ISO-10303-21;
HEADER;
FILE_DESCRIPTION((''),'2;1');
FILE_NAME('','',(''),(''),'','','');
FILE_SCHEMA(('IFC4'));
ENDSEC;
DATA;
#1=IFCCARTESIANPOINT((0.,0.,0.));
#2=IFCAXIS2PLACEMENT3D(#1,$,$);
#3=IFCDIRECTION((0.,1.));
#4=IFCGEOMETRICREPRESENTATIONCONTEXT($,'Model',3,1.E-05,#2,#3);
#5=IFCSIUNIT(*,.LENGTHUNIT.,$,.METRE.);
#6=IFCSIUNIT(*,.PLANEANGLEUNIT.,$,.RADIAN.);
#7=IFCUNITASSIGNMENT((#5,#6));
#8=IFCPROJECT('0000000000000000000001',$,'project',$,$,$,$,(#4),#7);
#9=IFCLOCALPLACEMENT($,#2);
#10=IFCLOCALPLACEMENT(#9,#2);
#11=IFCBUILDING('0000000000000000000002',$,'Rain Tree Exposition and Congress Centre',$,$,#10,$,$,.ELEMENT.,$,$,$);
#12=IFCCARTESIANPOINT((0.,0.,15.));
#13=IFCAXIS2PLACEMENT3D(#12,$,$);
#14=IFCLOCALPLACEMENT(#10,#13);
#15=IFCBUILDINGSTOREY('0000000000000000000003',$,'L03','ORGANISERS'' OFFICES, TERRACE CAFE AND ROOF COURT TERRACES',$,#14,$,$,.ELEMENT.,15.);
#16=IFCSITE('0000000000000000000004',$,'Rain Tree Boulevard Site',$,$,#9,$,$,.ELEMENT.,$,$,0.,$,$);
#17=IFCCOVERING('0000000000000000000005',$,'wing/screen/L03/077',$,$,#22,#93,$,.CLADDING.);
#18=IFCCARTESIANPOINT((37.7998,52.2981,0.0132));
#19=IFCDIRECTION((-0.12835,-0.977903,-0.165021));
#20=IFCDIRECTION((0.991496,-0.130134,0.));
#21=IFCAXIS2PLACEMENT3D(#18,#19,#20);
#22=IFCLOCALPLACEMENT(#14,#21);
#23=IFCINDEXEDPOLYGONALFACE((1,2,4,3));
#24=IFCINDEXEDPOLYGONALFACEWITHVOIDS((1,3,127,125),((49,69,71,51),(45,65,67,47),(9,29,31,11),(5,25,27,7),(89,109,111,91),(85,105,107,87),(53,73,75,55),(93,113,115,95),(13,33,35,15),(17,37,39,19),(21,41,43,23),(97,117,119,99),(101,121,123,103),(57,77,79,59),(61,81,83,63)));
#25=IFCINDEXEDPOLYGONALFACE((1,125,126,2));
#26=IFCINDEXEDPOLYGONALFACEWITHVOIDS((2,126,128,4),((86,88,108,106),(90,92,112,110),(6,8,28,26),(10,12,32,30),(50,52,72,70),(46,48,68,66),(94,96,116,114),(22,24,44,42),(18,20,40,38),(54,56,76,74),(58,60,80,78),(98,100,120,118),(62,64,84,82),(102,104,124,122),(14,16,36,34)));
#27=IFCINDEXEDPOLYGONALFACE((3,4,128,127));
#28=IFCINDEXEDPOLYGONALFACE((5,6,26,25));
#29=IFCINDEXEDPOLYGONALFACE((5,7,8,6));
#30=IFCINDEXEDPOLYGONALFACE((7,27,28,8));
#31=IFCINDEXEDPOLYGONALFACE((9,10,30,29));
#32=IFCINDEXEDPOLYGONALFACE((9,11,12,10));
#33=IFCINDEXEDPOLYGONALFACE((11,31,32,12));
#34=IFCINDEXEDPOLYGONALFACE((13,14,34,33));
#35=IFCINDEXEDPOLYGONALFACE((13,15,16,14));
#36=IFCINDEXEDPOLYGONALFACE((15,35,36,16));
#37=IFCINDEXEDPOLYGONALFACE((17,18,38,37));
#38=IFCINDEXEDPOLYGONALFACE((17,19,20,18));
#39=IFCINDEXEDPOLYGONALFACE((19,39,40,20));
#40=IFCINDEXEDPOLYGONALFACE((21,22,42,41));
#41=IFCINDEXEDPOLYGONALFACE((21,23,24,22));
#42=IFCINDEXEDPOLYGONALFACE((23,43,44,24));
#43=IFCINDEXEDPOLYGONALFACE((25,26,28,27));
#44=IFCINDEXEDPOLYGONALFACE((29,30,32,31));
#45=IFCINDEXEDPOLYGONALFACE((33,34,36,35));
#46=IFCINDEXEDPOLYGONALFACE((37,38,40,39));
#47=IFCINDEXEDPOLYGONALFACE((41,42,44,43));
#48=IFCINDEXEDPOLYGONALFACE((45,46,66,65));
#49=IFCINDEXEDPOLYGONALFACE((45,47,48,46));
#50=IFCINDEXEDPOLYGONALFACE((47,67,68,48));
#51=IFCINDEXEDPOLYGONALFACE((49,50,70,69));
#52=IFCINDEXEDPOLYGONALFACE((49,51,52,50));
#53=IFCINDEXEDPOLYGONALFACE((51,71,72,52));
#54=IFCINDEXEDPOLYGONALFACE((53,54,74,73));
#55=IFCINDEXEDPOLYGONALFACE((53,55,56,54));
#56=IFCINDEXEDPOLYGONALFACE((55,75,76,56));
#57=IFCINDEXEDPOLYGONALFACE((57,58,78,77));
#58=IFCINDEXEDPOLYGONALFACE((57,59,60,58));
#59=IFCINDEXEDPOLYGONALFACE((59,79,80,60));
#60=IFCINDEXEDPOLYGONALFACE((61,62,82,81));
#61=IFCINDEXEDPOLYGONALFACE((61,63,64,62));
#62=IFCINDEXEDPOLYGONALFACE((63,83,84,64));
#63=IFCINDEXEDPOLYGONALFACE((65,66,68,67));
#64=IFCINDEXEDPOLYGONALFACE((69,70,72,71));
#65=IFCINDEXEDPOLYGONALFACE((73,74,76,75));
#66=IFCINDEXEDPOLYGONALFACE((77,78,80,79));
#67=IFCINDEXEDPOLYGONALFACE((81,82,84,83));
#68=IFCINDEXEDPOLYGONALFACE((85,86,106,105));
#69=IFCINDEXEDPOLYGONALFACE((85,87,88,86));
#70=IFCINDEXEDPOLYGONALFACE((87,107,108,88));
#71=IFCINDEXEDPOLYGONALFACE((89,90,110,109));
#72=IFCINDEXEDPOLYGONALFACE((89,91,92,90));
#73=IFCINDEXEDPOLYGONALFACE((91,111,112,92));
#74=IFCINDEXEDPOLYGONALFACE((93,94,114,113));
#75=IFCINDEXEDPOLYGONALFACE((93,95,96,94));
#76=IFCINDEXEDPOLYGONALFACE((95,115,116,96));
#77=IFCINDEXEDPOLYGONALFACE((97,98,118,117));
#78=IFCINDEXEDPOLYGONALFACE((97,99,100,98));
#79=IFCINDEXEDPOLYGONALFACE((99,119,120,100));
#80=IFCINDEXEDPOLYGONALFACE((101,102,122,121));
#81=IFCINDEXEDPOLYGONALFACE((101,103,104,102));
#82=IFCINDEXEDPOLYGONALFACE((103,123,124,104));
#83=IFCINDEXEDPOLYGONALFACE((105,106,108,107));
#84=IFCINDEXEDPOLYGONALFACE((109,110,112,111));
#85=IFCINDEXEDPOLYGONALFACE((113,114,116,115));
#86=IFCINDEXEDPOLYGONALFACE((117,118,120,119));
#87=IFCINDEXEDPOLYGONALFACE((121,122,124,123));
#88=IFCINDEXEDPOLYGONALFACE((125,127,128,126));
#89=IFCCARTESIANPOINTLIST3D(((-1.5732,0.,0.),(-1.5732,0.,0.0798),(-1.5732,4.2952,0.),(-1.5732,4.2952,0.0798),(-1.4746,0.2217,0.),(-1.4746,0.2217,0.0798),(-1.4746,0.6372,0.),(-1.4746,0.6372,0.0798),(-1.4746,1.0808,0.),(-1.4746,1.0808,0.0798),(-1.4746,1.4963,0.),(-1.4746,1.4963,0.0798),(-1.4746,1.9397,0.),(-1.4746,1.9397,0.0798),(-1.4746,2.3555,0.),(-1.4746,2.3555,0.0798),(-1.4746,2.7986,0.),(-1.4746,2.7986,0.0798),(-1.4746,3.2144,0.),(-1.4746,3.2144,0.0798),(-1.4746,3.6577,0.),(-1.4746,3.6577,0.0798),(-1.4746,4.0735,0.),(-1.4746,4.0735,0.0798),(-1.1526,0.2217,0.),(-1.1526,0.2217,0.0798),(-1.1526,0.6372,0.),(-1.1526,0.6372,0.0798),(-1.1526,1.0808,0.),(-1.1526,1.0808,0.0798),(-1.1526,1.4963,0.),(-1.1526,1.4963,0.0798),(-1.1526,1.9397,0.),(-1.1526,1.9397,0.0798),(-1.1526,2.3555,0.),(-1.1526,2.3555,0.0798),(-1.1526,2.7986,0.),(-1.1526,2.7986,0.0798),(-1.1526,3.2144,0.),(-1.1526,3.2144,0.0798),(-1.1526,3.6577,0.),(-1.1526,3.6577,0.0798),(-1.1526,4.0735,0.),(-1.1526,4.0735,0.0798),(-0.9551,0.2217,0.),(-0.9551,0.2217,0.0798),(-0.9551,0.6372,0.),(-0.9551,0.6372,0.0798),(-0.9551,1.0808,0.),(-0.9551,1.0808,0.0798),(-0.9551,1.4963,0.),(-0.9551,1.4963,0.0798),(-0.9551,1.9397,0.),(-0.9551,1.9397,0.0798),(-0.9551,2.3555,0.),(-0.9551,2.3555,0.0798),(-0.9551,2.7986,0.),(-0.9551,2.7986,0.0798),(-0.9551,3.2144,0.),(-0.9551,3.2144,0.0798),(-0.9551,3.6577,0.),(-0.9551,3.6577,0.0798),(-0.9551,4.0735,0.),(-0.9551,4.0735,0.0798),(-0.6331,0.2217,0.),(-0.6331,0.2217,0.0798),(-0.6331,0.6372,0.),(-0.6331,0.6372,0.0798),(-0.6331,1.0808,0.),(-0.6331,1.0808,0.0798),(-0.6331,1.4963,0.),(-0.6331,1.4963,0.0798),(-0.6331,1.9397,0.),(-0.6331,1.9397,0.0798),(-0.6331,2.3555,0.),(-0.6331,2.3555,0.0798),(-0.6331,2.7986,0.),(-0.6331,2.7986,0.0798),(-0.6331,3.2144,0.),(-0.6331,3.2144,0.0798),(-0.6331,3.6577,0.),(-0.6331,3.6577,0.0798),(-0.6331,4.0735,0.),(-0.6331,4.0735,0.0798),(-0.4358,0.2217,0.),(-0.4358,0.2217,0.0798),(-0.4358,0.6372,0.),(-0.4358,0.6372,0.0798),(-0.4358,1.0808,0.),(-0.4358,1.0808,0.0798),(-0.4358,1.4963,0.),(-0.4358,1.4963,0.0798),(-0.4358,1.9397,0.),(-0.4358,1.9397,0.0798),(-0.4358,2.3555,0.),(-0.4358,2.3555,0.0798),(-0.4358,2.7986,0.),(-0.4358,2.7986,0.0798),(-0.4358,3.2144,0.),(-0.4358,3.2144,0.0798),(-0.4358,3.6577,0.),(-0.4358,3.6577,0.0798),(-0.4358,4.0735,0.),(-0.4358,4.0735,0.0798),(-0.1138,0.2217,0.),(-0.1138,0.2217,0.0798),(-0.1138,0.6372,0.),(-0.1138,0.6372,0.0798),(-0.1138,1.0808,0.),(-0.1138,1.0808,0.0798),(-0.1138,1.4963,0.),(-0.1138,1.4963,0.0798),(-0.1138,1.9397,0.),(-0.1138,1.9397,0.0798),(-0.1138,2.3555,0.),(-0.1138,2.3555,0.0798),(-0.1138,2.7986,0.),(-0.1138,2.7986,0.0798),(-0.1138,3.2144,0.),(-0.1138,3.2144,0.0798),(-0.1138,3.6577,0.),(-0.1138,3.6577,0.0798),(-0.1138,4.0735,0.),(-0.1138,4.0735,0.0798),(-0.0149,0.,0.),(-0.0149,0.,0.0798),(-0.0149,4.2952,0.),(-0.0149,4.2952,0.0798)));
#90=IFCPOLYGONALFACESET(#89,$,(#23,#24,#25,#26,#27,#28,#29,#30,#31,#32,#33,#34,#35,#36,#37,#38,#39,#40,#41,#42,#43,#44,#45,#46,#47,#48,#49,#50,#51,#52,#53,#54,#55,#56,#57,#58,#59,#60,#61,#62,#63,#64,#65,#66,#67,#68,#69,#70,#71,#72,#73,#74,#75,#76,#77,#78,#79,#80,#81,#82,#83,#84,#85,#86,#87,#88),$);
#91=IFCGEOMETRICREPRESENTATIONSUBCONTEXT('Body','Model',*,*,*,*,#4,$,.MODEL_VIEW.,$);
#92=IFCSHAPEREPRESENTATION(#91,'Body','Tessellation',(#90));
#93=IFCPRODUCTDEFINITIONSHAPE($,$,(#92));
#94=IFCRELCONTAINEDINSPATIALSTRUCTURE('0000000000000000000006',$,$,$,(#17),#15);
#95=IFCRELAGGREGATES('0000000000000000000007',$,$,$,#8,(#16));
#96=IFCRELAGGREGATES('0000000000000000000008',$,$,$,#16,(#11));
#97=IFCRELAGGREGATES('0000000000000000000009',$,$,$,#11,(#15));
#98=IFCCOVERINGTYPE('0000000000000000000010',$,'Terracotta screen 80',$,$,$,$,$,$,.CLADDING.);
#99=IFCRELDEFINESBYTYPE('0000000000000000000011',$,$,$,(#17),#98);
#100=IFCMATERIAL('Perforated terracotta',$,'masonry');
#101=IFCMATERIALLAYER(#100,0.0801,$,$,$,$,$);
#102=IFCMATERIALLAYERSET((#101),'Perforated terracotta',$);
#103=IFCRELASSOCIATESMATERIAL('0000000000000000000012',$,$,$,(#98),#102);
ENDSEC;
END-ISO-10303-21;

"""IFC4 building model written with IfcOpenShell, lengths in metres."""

from ifc_helpers import new_model, si_unit, direction, frame, origin, place, context, subcontext, project, spatial, polyline, outline, extrude, material, layer, layer_set, type_object, element, save


model = new_model("IFC4")

# Units and contexts
model_context = context("Model", 3, precision=1e-05, world=origin(), true_north=direction((0.0, 1.0)))
body_context = subcontext(model_context, "Body", "Model", "MODEL_VIEW")
ifc_project = project(units=[si_unit("LENGTHUNIT", "METRE"), si_unit("PLANEANGLEUNIT", "RADIAN")], contexts=[model_context])

# Site, building, storey
site_placement = place(None, origin())
site = spatial("IfcSite", under=ifc_project, at=site_placement, Name="Rain Tree Boulevard Site", CompositionType="ELEMENT", RefElevation=0.0)
building_placement = place(site_placement, origin())
building = spatial("IfcBuilding", under=site, at=building_placement, Name="Rain Tree Exposition and Congress Centre", CompositionType="ELEMENT")
storey_placement = place(building_placement, frame((0.0, 0.0, 15.0)))
storey = spatial("IfcBuildingStorey", under=building, at=storey_placement, Name="L03", Description="ORGANISERS' OFFICES, TERRACE CAFE AND ROOF COURT TERRACES", CompositionType="ELEMENT", Elevation=15.0)

# Covering
ifc_material_1 = material(Name="Perforated terracotta", Category="masonry")
ifc_layer_1 = layer(ifc_material_1, 0.0801)
ifc_layer_set_1 = layer_set([ifc_layer_1], Name="Perforated terracotta")
covering_type = type_object("IfcCoveringType", Name="Terracotta screen 80", PredefinedType="CLADDING", material=ifc_layer_set_1)
covering_placement = place(storey_placement, frame((37.7998, 52.2981, 0.0132), z_axis=(-0.12835, -0.977903, -0.165021), x_axis=(0.991496, -0.130134, 0.0)))
element("IfcCovering", 1, at=covering_placement, inside=storey, type_object=covering_type, Name="wing/screen/L03/077", PredefinedType="CLADDING", context=body_context, shape_type="SweptSolid", body=[
    extrude(outline(polyline([(-1.5732, 0.0), (-1.5732, 4.2952), (-0.0149, 4.2952), (-0.0149, 0.0), (-1.5732, 0.0)]), holes=[polyline([(-0.1138, 0.2217), (-0.1138, 0.6372), (-0.4358, 0.6372), (-0.4358, 0.2217), (-0.1138, 0.2217)]), polyline([(-0.1138, 1.0808), (-0.1138, 1.4963), (-0.4358, 1.4963), (-0.4358, 1.0808), (-0.1138, 1.0808)]), polyline([(-0.1138, 1.9397), (-0.1138, 2.3555), (-0.4358, 2.3555), (-0.4358, 1.9397), (-0.1138, 1.9397)]), polyline([(-0.1138, 2.7986), (-0.1138, 3.2144), (-0.4358, 3.2144), (-0.4358, 2.7986), (-0.1138, 2.7986)]), polyline([(-0.1138, 3.6577), (-0.1138, 4.0735), (-0.4358, 4.0735), (-0.4358, 3.6577), (-0.1138, 3.6577)]), polyline([(-0.6331, 0.2217), (-0.6331, 0.6372), (-0.9551, 0.6372), (-0.9551, 0.2217), (-0.6331, 0.2217)]), polyline([(-0.6331, 1.0808), (-0.6331, 1.4963), (-0.9551, 1.4963), (-0.9551, 1.0808), (-0.6331, 1.0808)]), polyline([(-0.6331, 1.9397), (-0.6331, 2.3555), (-0.9551, 2.3555), (-0.9551, 1.9397), (-0.6331, 1.9397)]), polyline([(-0.6331, 2.7986), (-0.6331, 3.2144), (-0.9551, 3.2144), (-0.9551, 2.7986), (-0.6331, 2.7986)]), polyline([(-0.6331, 3.6577), (-0.6331, 4.0735), (-0.9551, 4.0735), (-0.9551, 3.6577), (-0.6331, 3.6577)]), polyline([(-1.1526, 0.2217), (-1.1526, 0.6372), (-1.4746, 0.6372), (-1.4746, 0.2217), (-1.1526, 0.2217)]), polyline([(-1.1526, 1.0808), (-1.1526, 1.4963), (-1.4746, 1.4963), (-1.4746, 1.0808), (-1.1526, 1.0808)]), polyline([(-1.1526, 1.9397), (-1.1526, 2.3555), (-1.4746, 2.3555), (-1.4746, 1.9397), (-1.1526, 1.9397)]), polyline([(-1.1526, 2.7986), (-1.1526, 3.2144), (-1.4746, 3.2144), (-1.4746, 2.7986), (-1.1526, 2.7986)]), polyline([(-1.1526, 3.6577), (-1.1526, 4.0735), (-1.4746, 4.0735), (-1.4746, 3.6577), (-1.1526, 3.6577)])]), origin(), (0.0, 0.0, 1.0), 0.0798),
])

save(model, "model.ifc")
